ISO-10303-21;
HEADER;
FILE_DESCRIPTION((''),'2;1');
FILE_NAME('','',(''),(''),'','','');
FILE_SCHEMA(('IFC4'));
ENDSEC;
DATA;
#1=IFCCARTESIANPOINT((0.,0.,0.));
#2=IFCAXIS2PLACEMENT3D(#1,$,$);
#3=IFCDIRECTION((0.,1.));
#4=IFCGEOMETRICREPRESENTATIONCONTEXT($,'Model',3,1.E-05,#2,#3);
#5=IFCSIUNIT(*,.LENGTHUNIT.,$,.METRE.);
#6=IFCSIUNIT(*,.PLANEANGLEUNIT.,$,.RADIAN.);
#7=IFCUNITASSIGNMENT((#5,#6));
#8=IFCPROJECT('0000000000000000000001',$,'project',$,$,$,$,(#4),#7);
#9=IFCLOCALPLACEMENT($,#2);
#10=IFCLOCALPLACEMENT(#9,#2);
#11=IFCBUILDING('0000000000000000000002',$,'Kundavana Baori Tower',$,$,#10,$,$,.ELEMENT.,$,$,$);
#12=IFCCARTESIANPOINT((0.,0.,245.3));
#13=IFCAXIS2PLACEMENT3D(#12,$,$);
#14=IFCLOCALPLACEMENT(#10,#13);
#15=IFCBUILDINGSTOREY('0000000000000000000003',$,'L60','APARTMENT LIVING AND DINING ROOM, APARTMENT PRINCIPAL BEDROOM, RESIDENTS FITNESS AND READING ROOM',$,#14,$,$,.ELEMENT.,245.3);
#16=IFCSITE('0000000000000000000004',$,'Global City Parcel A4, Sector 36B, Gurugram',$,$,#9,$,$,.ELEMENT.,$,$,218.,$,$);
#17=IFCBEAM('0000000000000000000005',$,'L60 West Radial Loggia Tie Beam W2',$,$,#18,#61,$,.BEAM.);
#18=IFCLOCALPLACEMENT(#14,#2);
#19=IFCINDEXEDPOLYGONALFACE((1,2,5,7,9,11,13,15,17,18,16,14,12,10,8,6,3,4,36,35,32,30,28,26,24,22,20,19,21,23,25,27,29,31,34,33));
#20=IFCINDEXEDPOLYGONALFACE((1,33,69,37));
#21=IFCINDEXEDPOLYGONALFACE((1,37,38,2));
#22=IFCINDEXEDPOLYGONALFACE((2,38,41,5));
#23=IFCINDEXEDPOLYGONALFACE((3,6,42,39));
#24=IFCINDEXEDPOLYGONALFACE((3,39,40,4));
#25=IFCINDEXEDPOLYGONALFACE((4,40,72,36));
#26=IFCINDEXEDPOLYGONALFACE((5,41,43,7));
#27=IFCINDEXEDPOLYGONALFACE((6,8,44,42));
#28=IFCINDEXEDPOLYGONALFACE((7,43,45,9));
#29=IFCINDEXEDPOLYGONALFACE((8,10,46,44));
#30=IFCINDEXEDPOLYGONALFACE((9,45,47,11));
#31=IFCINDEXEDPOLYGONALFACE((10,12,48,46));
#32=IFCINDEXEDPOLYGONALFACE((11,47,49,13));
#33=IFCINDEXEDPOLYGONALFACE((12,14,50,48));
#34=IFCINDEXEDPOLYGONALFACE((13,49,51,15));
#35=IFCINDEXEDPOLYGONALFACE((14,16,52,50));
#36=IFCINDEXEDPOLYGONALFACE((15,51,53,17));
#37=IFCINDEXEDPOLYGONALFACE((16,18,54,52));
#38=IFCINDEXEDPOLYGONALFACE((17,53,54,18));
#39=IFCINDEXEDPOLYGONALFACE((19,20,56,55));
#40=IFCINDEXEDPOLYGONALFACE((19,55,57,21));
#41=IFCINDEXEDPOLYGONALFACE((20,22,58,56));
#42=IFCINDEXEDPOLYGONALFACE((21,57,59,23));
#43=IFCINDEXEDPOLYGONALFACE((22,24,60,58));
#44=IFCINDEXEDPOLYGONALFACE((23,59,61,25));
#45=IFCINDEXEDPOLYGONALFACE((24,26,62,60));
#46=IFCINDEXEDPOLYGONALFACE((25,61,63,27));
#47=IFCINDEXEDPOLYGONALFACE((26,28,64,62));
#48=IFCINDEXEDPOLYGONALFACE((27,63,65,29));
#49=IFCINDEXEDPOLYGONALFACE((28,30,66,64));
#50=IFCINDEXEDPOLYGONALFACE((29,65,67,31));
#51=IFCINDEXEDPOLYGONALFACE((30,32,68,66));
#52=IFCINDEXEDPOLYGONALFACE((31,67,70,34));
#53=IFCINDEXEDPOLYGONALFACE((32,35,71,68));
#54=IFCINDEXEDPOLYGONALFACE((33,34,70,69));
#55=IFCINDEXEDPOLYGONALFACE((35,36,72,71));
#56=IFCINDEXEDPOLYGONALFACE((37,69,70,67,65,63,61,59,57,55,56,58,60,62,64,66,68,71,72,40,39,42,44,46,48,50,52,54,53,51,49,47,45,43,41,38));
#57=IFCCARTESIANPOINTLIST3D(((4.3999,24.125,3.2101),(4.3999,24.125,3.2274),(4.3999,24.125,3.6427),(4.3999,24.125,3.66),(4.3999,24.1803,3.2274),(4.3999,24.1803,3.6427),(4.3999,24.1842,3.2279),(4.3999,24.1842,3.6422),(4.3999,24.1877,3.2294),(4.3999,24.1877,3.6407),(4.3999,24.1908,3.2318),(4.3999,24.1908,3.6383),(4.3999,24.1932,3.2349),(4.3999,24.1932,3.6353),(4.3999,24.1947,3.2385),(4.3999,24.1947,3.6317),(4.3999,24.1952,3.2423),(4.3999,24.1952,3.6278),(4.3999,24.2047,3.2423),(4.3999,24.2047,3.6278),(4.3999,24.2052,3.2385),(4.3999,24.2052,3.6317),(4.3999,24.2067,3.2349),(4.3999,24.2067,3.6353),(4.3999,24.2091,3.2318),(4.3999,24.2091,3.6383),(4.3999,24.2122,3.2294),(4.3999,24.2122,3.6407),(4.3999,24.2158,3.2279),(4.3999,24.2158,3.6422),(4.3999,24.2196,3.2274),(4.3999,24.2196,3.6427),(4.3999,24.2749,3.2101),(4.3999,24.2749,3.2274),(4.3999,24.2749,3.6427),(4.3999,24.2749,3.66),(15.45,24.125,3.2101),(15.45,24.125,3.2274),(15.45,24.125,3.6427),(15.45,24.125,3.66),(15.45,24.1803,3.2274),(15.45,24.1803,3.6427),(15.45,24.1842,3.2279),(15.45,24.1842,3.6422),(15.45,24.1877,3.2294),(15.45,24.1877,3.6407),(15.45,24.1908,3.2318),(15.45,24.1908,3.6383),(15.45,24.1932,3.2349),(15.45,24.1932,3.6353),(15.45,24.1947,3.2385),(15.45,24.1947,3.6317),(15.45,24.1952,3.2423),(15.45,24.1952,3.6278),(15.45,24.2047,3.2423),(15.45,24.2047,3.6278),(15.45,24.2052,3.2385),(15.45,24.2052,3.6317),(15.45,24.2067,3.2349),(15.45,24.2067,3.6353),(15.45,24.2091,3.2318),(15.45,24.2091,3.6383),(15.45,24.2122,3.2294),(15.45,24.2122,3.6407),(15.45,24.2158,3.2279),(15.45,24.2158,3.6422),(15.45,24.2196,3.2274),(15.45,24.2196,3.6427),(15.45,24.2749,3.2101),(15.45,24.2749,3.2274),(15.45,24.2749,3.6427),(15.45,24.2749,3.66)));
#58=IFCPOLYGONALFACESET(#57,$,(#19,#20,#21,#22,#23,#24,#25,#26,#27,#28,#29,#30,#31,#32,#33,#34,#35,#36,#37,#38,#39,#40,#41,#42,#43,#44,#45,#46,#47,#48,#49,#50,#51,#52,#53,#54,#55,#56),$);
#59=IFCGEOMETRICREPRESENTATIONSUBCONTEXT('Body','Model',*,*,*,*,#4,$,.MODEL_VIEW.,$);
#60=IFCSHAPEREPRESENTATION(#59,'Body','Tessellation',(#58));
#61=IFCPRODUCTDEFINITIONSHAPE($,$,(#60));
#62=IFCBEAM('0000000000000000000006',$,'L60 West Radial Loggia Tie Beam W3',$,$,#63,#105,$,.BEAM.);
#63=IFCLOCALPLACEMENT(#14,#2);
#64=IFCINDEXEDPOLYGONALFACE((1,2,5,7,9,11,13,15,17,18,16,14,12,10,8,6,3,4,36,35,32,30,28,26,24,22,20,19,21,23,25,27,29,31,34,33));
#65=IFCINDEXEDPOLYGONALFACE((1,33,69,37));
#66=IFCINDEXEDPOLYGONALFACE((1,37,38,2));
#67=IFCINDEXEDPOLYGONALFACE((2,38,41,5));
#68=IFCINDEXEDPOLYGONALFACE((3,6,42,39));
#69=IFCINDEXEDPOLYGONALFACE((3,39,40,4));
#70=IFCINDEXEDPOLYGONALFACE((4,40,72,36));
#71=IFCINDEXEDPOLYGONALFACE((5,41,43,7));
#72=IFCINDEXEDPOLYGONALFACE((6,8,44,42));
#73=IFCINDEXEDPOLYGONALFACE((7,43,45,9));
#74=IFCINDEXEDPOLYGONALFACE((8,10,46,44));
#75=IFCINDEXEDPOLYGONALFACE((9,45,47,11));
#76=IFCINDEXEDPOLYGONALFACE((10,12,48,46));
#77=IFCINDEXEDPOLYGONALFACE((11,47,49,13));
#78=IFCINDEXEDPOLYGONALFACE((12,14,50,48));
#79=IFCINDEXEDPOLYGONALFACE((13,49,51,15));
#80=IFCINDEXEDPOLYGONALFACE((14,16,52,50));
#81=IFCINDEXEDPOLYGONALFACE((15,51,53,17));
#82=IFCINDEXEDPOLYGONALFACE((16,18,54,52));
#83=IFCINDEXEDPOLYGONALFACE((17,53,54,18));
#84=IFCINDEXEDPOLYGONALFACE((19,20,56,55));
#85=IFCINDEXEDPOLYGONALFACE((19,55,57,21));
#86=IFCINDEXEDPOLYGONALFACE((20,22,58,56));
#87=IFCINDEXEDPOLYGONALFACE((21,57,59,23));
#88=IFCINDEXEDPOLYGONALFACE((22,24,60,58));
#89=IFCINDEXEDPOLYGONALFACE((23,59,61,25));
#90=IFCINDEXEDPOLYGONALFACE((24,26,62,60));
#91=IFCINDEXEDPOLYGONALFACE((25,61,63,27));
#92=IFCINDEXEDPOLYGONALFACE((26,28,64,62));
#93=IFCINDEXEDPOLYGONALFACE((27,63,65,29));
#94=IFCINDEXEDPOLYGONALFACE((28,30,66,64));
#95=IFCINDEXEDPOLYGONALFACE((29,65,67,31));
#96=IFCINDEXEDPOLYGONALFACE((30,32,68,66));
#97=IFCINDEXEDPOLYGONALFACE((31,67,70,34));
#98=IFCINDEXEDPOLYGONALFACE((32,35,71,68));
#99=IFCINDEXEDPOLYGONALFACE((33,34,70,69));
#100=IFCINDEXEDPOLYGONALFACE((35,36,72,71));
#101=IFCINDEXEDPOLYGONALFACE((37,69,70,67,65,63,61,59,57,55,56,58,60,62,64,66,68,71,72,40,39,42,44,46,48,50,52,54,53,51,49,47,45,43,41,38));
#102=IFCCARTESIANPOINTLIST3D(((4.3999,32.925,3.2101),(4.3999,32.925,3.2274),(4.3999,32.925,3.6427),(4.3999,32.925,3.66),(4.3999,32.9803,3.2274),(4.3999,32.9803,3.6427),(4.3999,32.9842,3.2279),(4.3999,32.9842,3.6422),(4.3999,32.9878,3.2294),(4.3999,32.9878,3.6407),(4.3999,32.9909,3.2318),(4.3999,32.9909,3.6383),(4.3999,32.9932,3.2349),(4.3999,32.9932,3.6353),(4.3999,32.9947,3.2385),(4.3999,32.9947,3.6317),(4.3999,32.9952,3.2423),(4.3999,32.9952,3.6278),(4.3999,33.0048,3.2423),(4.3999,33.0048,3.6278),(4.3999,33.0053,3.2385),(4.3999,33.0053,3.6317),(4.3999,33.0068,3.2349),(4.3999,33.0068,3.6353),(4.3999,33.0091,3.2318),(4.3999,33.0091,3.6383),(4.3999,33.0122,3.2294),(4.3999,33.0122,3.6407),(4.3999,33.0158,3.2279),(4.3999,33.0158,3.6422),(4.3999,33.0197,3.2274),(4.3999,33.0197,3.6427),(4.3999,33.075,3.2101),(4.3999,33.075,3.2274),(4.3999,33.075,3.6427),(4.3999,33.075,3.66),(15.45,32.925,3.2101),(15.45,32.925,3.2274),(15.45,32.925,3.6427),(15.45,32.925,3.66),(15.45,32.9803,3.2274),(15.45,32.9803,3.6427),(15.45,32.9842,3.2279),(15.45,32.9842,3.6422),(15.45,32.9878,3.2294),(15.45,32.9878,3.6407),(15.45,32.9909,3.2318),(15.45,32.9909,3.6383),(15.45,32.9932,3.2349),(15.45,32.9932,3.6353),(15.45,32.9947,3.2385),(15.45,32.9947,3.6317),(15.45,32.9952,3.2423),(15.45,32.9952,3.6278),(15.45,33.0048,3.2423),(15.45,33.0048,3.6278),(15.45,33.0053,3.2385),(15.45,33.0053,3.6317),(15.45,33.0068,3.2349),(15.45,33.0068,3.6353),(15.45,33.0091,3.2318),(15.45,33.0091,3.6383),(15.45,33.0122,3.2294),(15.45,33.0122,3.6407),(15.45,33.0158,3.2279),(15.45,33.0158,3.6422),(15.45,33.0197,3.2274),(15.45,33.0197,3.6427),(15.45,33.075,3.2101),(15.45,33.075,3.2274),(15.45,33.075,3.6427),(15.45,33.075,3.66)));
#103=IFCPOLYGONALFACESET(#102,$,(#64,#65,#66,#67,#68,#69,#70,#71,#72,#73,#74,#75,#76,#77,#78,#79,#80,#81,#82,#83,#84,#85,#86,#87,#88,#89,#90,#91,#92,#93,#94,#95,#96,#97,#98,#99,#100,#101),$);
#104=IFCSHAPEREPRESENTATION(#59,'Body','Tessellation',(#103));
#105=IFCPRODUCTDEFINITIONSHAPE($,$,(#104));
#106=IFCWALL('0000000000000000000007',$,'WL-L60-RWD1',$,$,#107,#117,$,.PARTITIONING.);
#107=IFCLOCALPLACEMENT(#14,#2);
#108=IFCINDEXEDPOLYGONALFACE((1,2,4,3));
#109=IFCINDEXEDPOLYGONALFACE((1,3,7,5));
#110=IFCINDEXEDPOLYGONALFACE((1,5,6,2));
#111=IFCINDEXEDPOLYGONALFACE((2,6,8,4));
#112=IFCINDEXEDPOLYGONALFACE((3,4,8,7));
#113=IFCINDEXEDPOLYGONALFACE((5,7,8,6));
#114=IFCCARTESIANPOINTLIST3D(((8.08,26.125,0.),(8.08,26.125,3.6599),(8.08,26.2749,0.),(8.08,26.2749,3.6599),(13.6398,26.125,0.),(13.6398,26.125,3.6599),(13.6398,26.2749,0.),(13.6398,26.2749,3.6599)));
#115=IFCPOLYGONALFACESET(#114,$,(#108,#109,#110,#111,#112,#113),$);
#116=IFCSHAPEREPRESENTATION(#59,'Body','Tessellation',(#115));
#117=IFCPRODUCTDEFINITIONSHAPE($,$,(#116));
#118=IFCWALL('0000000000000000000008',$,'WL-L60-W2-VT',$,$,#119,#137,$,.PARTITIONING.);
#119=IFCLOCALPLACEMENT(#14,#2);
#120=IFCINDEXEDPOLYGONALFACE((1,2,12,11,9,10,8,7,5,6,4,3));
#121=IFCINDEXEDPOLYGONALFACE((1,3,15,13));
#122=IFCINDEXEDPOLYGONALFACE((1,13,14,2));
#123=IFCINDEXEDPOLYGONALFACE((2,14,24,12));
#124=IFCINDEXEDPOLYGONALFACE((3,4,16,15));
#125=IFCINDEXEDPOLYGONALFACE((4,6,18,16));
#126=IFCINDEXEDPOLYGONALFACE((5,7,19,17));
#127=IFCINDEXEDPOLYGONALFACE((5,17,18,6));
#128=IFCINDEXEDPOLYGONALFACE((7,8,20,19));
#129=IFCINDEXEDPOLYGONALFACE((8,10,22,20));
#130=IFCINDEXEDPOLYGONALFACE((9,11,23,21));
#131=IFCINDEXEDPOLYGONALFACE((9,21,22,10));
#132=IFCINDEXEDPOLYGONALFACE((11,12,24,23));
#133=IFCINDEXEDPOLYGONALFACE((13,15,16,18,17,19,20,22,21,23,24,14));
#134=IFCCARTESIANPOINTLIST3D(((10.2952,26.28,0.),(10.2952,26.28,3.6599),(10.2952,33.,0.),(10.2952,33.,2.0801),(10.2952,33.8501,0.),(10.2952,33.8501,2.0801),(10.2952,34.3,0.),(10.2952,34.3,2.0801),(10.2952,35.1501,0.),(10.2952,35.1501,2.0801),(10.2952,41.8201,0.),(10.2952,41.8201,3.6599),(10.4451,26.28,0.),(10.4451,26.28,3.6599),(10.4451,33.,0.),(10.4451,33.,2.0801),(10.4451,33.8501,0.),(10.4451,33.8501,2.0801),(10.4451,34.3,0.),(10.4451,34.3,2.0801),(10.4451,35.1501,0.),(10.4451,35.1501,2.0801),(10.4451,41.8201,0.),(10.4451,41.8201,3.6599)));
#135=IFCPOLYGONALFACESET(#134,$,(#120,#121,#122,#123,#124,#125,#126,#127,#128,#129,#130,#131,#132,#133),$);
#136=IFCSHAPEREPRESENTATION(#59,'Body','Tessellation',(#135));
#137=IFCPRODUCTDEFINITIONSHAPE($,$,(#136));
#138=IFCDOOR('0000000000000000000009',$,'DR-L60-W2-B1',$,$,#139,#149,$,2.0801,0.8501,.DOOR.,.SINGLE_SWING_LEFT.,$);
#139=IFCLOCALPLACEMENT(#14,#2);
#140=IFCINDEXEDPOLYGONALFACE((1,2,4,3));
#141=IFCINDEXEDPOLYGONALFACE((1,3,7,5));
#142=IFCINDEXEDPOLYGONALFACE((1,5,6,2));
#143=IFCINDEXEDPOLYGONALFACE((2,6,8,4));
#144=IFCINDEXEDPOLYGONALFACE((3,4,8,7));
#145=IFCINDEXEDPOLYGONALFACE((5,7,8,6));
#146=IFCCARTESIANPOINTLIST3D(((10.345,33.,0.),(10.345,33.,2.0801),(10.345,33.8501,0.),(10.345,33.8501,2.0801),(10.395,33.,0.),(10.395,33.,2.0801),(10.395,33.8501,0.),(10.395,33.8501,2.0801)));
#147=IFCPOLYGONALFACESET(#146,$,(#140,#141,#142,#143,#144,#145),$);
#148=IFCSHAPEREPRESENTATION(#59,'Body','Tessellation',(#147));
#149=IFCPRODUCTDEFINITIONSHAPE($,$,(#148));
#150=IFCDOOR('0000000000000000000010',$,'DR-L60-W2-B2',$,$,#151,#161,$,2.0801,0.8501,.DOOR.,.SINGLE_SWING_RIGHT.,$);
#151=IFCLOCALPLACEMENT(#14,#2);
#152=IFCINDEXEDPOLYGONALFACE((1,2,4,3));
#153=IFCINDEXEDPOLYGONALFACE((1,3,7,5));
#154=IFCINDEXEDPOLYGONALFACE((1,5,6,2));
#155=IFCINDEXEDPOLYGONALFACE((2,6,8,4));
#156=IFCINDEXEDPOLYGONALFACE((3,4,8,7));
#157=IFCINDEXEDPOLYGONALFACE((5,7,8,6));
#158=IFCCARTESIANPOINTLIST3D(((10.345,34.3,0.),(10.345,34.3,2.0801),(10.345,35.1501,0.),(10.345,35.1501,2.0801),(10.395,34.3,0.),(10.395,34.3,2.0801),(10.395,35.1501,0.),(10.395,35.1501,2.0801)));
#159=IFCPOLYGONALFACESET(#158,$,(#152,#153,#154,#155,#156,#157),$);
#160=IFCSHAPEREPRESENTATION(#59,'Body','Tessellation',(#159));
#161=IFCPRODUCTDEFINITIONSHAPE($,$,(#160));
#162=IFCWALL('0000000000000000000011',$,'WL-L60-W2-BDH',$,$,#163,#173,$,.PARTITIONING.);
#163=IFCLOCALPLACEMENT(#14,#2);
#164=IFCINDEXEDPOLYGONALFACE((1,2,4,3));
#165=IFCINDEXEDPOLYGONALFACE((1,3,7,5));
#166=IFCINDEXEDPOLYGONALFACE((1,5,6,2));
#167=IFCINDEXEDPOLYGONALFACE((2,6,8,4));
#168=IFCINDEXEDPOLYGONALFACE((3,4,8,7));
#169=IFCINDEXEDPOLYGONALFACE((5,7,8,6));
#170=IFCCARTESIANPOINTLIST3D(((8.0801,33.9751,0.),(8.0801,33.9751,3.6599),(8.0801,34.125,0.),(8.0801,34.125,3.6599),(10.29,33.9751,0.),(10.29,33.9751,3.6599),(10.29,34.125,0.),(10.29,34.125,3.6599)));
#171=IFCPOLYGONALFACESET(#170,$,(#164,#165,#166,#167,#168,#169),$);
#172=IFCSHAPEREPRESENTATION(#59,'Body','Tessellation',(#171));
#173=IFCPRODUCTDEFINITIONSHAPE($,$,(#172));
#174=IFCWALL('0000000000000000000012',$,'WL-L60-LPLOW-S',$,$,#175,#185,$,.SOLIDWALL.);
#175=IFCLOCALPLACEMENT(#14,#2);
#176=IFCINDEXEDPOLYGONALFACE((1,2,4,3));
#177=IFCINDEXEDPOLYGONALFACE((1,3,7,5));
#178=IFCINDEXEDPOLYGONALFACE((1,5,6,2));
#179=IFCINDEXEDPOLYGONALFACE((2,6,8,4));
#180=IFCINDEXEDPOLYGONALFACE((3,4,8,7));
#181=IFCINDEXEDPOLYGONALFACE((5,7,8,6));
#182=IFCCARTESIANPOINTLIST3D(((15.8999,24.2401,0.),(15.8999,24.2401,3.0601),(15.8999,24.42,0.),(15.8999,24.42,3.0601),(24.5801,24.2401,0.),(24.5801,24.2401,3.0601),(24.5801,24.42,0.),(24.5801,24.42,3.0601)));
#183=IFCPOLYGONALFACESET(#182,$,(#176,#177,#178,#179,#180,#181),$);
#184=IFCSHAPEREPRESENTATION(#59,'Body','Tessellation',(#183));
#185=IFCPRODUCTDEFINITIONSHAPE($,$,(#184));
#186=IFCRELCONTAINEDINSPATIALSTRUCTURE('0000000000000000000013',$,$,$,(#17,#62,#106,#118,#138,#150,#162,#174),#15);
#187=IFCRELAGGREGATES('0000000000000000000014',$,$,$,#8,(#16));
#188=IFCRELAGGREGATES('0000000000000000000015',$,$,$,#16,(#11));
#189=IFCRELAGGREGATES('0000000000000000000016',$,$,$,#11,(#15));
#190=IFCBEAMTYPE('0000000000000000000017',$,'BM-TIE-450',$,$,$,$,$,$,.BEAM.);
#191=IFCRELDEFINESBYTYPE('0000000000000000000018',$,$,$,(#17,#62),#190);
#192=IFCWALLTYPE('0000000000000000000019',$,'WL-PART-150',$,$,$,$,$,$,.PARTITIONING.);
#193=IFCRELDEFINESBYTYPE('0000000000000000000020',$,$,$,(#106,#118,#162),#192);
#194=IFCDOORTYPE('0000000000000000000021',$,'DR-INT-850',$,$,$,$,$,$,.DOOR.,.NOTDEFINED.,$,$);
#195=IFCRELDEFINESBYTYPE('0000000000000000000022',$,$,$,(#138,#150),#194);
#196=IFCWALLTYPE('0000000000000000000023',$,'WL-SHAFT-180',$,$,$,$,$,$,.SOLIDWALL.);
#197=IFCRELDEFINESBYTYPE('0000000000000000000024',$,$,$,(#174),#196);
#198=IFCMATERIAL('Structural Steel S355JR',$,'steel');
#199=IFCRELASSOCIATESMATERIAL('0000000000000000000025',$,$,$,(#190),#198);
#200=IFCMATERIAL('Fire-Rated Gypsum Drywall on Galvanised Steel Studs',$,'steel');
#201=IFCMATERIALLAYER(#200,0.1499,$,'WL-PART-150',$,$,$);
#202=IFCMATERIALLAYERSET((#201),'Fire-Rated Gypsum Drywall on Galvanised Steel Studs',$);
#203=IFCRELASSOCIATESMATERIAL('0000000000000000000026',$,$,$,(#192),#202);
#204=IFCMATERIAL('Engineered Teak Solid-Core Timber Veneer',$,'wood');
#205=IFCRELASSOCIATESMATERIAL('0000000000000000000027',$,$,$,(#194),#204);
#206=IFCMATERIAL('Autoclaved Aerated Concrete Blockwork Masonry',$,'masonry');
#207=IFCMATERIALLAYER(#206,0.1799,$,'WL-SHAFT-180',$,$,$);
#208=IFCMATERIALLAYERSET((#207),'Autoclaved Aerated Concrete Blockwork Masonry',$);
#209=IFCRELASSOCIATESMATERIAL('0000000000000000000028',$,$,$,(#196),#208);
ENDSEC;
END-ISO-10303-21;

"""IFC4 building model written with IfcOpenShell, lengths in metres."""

from ifc_helpers import new_model, si_unit, direction, frame, frame_2d, origin, origin_2d, place, context, subcontext, project, spatial, rectangle, i_section, extrude, material, layer, layer_set, material_profile, profile_set, type_object, element, fill, save


model = new_model("IFC4")

# Units and contexts
model_context = context("Model", 3, precision=1e-05, world=origin(), true_north=direction((0.0, 1.0)))
body_context = subcontext(model_context, "Body", "Model", "MODEL_VIEW")
ifc_project = project(units=[si_unit("LENGTHUNIT", "METRE"), si_unit("PLANEANGLEUNIT", "RADIAN")], contexts=[model_context])

# Site, building, storey
site_placement = place(None, origin())
site = spatial("IfcSite", under=ifc_project, at=site_placement, Name="Global City Parcel A4, Sector 36B, Gurugram", CompositionType="ELEMENT", RefElevation=218.0)
building_placement = place(site_placement, origin())
building = spatial("IfcBuilding", under=site, at=building_placement, Name="Kundavana Baori Tower", CompositionType="ELEMENT")
storey_placement = place(building_placement, frame((0.0, 0.0, 245.3)))
storey = spatial("IfcBuildingStorey", under=building, at=storey_placement, Name="L60", Description="APARTMENT LIVING AND DINING ROOM, APARTMENT PRINCIPAL BEDROOM, RESIDENTS FITNESS AND READING ROOM", CompositionType="ELEMENT", Elevation=245.3)

# Beams
ifc_material_1 = material(Name="Structural Steel S355JR", Category="steel")
ifc_material_profile_1 = material_profile(ifc_material_1, i_section(OverallWidth=0.1499, OverallDepth=0.45, WebThickness=0.0095, FlangeThickness=0.0173, FilletRadius=0.0149, at=origin_2d()), Name="ISMB 450")
ifc_profile_set_1 = profile_set([ifc_material_profile_1], Name="Structural Steel S355JR")
beam_type_1 = type_object("IfcBeamType", Name="BM-TIE-450", PredefinedType="BEAM", material=ifc_profile_set_1)
for number, where, z_axis, x_axis, name in (
    (1, (15.45, 24.2, 3.4351), (-1.0, 0.0, 0.0), (0.0, -1.0, 0.0), "L60 West Radial Loggia Tie Beam W2"),
    (2, (15.45, 33.0, 3.4351), (-1.0, 0.0, 0.0), (0.0, -1.0, 0.0), "L60 West Radial Loggia Tie Beam W3"),
):
    element("IfcBeam", number, at=place(storey_placement, frame(where, z_axis=z_axis, x_axis=x_axis)), inside=storey, type_object=beam_type_1, Name=name, PredefinedType="BEAM", context=body_context, shape_type="SweptSolid", body=[
        extrude(i_section(OverallWidth=0.1499, OverallDepth=0.45, WebThickness=0.0095, FlangeThickness=0.0173, FilletRadius=0.0149, at=origin_2d()), origin(), (0.0, 0.0, 1.0), 11.05),
    ])

# Wall
ifc_material_2 = material(Name="Fire-Rated Gypsum Drywall on Galvanised Steel Studs", Category="steel")
ifc_layer_1 = layer(ifc_material_2, 0.1499, Name="WL-PART-150")
ifc_layer_set_1 = layer_set([ifc_layer_1], Name="Fire-Rated Gypsum Drywall on Galvanised Steel Studs")
wall_type_1 = type_object("IfcWallType", Name="WL-PART-150", PredefinedType="PARTITIONING", material=ifc_layer_set_1)
wall_1_placement = place(storey_placement, frame((8.0801, 26.2, 0.0), z_axis=(0.0, 0.0, 1.0), x_axis=(1.0, 0.0, 0.0)))
element("IfcWall", 3, at=wall_1_placement, inside=storey, type_object=wall_type_1, Name="WL-L60-RWD1", PredefinedType="PARTITIONING", context=body_context, shape_type="SweptSolid", body=[
    extrude(rectangle(XDim=5.5598, YDim=0.1499, at=frame_2d((2.7798, 0.0))), origin(), (0.0, 0.0, 1.0), 3.6599),
])

# Wall, openings, doors
wall_2_placement = place(storey_placement, frame((10.3701, 26.28, 0.0), z_axis=(0.0, 0.0, 1.0), x_axis=(0.0, 1.0, 0.0)))
wall_2 = element("IfcWall", 4, at=wall_2_placement, inside=storey, type_object=wall_type_1, Name="WL-L60-W2-VT", PredefinedType="PARTITIONING", context=body_context, shape_type="SweptSolid", body=[
    extrude(rectangle(XDim=15.54, YDim=0.1499, at=frame_2d((7.77, 0.0))), origin(), (0.0, 0.0, 1.0), 3.6599),
])
opening_1_placement = place(wall_2_placement, frame((6.72, 0.0, 0.0)))
opening_1 = element("IfcOpeningElement", 5, at=opening_1_placement, cuts=wall_2, PredefinedType="OPENING", context=body_context, shape_type="SweptSolid", body=[
    extrude(rectangle(XDim=0.8501, YDim=2.0801, at=frame_2d((0.425, 1.04))), frame((0.0, 0.085, 0.0), z_axis=(0.0, -1.0, 0.0), x_axis=(1.0, 0.0, 0.0)), (0.0, 0.0, 1.0), 0.1699),
])
opening_2_placement = place(wall_2_placement, frame((8.02, 0.0, 0.0)))
opening_2 = element("IfcOpeningElement", 6, at=opening_2_placement, cuts=wall_2, PredefinedType="OPENING", context=body_context, shape_type="SweptSolid", body=[
    extrude(rectangle(XDim=0.8501, YDim=2.0801, at=frame_2d((0.425, 1.04))), frame((0.0, 0.085, 0.0), z_axis=(0.0, -1.0, 0.0), x_axis=(1.0, 0.0, 0.0)), (0.0, 0.0, 1.0), 0.1699),
])
ifc_material_3 = material(Name="Engineered Teak Solid-Core Timber Veneer", Category="wood")
door_type = type_object("IfcDoorType", Name="DR-INT-850", OperationType="NOTDEFINED", PredefinedType="DOOR", material=ifc_material_3)
door_1_placement = place(opening_1_placement, frame((0.8501, 0.0, 0.0), z_axis=(0.0, 0.0, 1.0), x_axis=(-1.0, 0.0, 0.0)))
door_1 = element("IfcDoor", 7, at=door_1_placement, inside=storey, type_object=door_type, Name="DR-L60-W2-B1", OperationType="SINGLE_SWING_LEFT", OverallHeight=2.0801, OverallWidth=0.8501, PredefinedType="DOOR", context=body_context, shape_type="SweptSolid", body=[
    extrude(rectangle(XDim=0.8501, YDim=2.0801, at=frame_2d((0.425, 1.04))), frame((0.0, 0.0249, 0.0), z_axis=(0.0, -1.0, 0.0), x_axis=(1.0, 0.0, 0.0)), (0.0, 0.0, 1.0), 0.05),
])
fill(opening_1, door_1)
door_2_placement = place(opening_2_placement, frame((0.8501, 0.0, 0.0), z_axis=(0.0, 0.0, 1.0), x_axis=(-1.0, 0.0, 0.0)))
door_2 = element("IfcDoor", 8, at=door_2_placement, inside=storey, type_object=door_type, Name="DR-L60-W2-B2", OperationType="SINGLE_SWING_RIGHT", OverallHeight=2.0801, OverallWidth=0.8501, PredefinedType="DOOR", context=body_context, shape_type="SweptSolid", body=[
    extrude(rectangle(XDim=0.8501, YDim=2.0801, at=frame_2d((0.425, 1.04))), frame((0.0, 0.0249, 0.0), z_axis=(0.0, -1.0, 0.0), x_axis=(1.0, 0.0, 0.0)), (0.0, 0.0, 1.0), 0.05),
])
fill(opening_2, door_2)

# Walls
wall_3_placement = place(storey_placement, frame((8.0801, 34.05, 0.0), z_axis=(0.0, 0.0, 1.0), x_axis=(1.0, 0.0, 0.0)))
element("IfcWall", 9, at=wall_3_placement, inside=storey, type_object=wall_type_1, Name="WL-L60-W2-BDH", PredefinedType="PARTITIONING", context=body_context, shape_type="SweptSolid", body=[
    extrude(rectangle(XDim=2.21, YDim=0.1499, at=frame_2d((1.105, 0.0))), origin(), (0.0, 0.0, 1.0), 3.6599),
])
ifc_material_4 = material(Name="Autoclaved Aerated Concrete Blockwork Masonry", Category="masonry")
ifc_layer_2 = layer(ifc_material_4, 0.1799, Name="WL-SHAFT-180")
ifc_layer_set_2 = layer_set([ifc_layer_2], Name="Autoclaved Aerated Concrete Blockwork Masonry")
wall_type_2 = type_object("IfcWallType", Name="WL-SHAFT-180", PredefinedType="SOLIDWALL", material=ifc_layer_set_2)
wall_4_placement = place(storey_placement, frame((15.8999, 24.3301, 0.0), z_axis=(0.0, 0.0, 1.0), x_axis=(1.0, 0.0, 0.0)))
element("IfcWall", 10, at=wall_4_placement, inside=storey, type_object=wall_type_2, Name="WL-L60-LPLOW-S", PredefinedType="SOLIDWALL", context=body_context, shape_type="SweptSolid", body=[
    extrude(rectangle(XDim=8.6802, YDim=0.1799, at=frame_2d((4.3401, 0.0))), origin(), (0.0, 0.0, 1.0), 3.0601),
])

save(model, "model.ifc")
